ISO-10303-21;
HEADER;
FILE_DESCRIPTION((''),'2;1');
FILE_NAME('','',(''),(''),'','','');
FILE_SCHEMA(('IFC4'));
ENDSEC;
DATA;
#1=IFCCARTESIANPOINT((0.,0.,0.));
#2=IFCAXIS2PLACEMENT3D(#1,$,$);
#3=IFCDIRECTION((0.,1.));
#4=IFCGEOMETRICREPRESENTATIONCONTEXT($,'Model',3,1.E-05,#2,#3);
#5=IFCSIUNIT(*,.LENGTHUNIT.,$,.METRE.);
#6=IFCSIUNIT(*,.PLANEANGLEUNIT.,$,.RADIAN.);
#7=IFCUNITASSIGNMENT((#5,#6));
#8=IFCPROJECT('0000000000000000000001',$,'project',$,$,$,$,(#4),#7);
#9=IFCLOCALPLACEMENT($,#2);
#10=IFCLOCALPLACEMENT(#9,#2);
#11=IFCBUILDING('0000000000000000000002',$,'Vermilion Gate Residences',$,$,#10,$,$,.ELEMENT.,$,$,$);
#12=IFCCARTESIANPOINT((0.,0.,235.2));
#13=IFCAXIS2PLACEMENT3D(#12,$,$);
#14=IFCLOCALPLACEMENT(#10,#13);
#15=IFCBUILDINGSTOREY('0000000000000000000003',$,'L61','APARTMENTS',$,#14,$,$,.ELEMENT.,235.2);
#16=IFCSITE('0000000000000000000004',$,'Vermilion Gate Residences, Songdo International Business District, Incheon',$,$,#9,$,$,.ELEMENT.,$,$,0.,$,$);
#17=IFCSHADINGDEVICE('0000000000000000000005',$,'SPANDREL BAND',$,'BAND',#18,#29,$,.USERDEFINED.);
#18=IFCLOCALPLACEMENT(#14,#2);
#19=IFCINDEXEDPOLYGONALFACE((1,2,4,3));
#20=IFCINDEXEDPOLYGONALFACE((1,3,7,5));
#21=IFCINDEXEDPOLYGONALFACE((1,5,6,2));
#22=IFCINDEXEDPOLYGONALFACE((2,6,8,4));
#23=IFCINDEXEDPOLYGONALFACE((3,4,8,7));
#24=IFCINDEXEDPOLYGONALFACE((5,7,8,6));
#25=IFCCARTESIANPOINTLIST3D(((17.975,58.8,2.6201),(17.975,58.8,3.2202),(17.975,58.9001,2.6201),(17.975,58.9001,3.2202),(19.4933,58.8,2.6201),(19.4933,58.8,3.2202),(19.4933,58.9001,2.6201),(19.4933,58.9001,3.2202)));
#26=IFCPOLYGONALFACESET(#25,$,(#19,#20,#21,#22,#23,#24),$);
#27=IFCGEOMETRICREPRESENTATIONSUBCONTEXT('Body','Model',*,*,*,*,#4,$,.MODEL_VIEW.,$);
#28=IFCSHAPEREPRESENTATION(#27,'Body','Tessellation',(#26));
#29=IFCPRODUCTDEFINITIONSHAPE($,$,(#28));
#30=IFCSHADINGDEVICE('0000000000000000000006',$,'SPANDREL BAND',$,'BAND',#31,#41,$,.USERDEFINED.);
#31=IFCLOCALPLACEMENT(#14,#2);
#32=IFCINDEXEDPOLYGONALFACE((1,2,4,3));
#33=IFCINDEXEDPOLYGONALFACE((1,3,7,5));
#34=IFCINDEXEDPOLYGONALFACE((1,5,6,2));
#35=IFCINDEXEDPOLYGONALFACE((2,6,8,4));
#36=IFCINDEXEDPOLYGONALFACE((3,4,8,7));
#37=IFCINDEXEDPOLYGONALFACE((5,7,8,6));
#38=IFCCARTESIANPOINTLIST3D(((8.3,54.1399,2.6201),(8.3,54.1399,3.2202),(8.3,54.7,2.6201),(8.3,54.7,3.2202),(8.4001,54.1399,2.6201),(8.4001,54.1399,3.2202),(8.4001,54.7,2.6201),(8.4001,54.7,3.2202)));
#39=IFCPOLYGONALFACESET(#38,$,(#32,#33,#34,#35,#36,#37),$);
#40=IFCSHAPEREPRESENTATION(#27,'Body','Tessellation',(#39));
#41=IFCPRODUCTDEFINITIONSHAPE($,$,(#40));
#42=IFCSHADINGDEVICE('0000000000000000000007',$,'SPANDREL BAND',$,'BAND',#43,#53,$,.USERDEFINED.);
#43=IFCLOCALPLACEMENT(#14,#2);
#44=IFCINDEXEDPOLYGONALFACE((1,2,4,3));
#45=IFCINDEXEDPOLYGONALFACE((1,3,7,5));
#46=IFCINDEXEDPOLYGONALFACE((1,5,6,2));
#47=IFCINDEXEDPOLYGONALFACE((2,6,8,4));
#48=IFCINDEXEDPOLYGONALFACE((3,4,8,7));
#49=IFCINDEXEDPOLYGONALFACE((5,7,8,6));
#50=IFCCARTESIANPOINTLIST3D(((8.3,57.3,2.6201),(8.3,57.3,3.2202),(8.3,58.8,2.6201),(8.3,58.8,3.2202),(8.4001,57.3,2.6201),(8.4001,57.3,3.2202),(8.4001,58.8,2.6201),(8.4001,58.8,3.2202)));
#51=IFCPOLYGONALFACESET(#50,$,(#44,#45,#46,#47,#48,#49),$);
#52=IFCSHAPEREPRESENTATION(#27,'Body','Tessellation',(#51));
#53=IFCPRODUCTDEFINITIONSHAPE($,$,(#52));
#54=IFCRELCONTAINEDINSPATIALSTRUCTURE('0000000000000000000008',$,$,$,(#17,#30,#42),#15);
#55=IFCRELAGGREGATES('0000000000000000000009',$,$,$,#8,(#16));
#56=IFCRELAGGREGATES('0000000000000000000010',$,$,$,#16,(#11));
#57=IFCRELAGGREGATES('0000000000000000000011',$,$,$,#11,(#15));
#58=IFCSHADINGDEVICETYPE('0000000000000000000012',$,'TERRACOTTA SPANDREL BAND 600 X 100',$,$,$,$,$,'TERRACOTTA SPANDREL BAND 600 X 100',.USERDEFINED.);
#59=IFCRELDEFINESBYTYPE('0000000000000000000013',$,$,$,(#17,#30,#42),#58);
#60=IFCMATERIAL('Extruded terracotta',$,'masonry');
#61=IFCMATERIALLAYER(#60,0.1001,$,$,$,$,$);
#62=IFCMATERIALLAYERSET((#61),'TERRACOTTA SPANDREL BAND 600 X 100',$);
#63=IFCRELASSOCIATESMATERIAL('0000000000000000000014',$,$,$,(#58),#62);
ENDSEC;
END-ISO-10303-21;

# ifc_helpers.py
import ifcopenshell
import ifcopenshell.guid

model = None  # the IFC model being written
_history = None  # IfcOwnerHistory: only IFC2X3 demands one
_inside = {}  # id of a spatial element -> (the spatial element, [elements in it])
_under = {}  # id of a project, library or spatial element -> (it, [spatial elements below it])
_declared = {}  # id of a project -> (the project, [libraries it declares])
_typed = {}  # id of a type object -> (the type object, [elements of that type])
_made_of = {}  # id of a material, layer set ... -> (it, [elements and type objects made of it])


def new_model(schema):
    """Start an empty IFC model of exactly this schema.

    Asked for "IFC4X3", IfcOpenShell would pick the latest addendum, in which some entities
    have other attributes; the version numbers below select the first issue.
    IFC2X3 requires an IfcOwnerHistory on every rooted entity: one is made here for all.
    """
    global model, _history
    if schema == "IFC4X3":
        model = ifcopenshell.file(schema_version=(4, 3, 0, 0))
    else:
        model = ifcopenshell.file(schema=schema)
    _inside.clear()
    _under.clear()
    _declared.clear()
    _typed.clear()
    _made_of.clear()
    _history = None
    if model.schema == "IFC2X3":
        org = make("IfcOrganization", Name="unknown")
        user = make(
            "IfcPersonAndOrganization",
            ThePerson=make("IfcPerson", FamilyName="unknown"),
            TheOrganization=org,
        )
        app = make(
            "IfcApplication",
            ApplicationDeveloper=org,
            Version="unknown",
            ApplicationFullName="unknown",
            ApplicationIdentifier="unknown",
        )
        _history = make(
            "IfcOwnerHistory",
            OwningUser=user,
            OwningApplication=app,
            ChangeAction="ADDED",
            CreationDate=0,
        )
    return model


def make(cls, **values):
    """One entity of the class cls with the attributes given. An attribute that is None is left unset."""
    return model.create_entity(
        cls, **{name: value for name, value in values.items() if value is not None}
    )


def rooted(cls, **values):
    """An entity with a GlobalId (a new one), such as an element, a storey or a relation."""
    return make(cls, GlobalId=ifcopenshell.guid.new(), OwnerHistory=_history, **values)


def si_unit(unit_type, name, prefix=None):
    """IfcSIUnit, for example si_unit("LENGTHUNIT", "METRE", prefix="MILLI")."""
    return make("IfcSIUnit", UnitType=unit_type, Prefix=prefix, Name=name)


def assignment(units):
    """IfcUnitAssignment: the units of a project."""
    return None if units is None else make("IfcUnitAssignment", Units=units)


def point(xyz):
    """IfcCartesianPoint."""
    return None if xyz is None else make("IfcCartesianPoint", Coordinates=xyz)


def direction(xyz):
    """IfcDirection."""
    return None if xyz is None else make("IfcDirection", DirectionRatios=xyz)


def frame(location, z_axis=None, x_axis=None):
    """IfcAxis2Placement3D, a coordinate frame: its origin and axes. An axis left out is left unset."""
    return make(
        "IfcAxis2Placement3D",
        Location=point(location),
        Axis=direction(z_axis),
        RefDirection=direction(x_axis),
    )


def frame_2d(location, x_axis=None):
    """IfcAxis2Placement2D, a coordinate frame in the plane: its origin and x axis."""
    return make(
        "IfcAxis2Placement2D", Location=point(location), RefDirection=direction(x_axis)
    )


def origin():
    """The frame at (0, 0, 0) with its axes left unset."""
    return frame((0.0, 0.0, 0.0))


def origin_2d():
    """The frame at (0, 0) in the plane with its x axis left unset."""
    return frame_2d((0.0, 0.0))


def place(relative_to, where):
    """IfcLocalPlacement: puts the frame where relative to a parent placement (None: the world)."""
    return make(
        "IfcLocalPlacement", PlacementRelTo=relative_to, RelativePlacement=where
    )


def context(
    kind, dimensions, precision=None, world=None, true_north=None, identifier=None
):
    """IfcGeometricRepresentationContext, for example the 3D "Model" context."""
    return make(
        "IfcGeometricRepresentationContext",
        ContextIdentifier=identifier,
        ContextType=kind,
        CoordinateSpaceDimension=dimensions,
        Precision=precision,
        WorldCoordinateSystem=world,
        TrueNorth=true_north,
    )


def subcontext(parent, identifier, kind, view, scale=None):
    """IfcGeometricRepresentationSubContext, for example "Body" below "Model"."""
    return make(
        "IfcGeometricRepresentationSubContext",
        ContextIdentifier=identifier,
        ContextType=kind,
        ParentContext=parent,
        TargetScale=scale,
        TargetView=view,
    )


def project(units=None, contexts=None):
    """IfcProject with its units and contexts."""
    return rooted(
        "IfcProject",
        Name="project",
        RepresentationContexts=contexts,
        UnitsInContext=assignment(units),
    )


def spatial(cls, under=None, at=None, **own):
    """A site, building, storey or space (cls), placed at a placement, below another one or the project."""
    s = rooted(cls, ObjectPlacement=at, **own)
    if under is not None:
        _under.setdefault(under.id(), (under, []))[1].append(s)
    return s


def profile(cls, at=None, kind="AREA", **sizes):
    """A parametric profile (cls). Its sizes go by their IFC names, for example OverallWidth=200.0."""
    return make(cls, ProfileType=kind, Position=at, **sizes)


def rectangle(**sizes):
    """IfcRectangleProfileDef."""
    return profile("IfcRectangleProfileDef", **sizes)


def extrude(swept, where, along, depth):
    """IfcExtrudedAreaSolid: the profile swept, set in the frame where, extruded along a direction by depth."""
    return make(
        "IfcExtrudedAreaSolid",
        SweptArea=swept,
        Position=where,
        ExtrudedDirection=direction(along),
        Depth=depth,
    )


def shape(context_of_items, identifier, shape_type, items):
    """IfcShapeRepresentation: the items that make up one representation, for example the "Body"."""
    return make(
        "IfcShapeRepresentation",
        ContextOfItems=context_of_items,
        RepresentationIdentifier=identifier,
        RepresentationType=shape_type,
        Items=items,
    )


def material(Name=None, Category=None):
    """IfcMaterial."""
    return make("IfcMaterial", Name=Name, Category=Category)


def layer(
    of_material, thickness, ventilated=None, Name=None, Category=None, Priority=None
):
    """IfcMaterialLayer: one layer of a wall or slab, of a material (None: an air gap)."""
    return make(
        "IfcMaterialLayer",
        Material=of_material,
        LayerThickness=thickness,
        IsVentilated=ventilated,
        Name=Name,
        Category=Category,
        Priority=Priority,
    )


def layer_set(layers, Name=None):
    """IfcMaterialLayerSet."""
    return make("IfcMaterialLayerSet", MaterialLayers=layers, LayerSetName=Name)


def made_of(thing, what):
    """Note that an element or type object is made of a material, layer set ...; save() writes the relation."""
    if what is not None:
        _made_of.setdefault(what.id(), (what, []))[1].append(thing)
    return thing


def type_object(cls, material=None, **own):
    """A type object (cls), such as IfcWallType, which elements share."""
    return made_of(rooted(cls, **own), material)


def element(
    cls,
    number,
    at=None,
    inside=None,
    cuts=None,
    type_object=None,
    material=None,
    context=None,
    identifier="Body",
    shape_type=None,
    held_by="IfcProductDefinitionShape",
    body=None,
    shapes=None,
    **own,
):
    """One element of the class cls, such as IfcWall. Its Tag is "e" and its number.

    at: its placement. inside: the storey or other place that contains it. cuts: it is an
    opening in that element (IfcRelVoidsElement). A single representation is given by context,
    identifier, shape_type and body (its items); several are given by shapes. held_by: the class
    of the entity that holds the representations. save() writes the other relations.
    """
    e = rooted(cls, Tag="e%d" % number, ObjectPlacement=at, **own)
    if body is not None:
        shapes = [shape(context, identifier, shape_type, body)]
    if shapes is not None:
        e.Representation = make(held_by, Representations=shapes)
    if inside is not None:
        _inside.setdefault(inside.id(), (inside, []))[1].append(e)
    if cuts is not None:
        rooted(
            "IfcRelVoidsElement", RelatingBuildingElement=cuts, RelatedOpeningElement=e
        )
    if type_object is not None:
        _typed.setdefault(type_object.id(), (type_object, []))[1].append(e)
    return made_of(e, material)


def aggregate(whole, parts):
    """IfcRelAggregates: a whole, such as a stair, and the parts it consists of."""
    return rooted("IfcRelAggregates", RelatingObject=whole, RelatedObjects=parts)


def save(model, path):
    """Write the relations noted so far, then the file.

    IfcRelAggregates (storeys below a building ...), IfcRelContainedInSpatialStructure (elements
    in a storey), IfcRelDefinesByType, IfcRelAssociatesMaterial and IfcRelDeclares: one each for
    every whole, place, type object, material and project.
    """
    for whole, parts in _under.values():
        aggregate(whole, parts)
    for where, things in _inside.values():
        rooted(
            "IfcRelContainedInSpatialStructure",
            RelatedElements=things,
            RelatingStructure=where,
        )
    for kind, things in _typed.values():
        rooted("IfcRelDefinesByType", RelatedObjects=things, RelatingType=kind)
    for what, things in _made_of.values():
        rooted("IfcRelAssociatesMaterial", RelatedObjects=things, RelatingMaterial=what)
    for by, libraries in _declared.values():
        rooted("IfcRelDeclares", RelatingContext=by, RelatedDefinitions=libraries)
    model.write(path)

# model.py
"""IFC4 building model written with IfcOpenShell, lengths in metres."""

from ifc_helpers import new_model, si_unit, direction, frame, origin, origin_2d, place, context, subcontext, project, spatial, rectangle, extrude, material, layer, layer_set, type_object, element, save


model = new_model("IFC4")

# Units and contexts
model_context = context("Model", 3, precision=1e-05, world=origin(), true_north=direction((0.0, 1.0)))
body_context = subcontext(model_context, "Body", "Model", "MODEL_VIEW")
ifc_project = project(units=[si_unit("LENGTHUNIT", "METRE"), si_unit("PLANEANGLEUNIT", "RADIAN")], contexts=[model_context])

# Site, building, storey
site_placement = place(None, origin())
site = spatial("IfcSite", under=ifc_project, at=site_placement, Name="Vermilion Gate Residences, Songdo International Business District, Incheon", CompositionType="ELEMENT", RefElevation=0.0)
building_placement = place(site_placement, origin())
building = spatial("IfcBuilding", under=site, at=building_placement, Name="Vermilion Gate Residences", CompositionType="ELEMENT")
storey_placement = place(building_placement, frame((0.0, 0.0, 235.2)))
storey = spatial("IfcBuildingStorey", under=building, at=storey_placement, Name="L61", Description="APARTMENTS", CompositionType="ELEMENT", Elevation=235.2)

# Shading devices
ifc_material_1 = material(Name="Extruded terracotta", Category="masonry")
ifc_layer_1 = layer(ifc_material_1, 0.1001)
ifc_layer_set_1 = layer_set([ifc_layer_1], Name="TERRACOTTA SPANDREL BAND 600 X 100")
shading_device_type = type_object("IfcShadingDeviceType", Name="TERRACOTTA SPANDREL BAND 600 X 100", ElementType="TERRACOTTA SPANDREL BAND 600 X 100", PredefinedType="USERDEFINED", material=ifc_layer_set_1)
shading_device_1_placement = place(storey_placement, frame((18.7341, 58.8501, 2.6201), z_axis=(0.0, 0.0, 1.0), x_axis=(1.0, 0.0, 0.0)))
element("IfcShadingDevice", 1, at=shading_device_1_placement, inside=storey, type_object=shading_device_type, Name="SPANDREL BAND", ObjectType="BAND", PredefinedType="USERDEFINED", context=body_context, shape_type="SweptSolid", body=[
    extrude(rectangle(XDim=1.5183, YDim=0.1001, at=origin_2d()), origin(), (0.0, 0.0, 1.0), 0.6001),
])
shading_device_2_placement = place(storey_placement, frame((8.3501, 54.4199, 2.6201), z_axis=(0.0, 0.0, 1.0), x_axis=(0.0, 1.0, 0.0)))
element("IfcShadingDevice", 2, at=shading_device_2_placement, inside=storey, type_object=shading_device_type, Name="SPANDREL BAND", ObjectType="BAND", PredefinedType="USERDEFINED", context=body_context, shape_type="SweptSolid", body=[
    extrude(rectangle(XDim=0.5601, YDim=0.1001, at=origin_2d()), origin(), (0.0, 0.0, 1.0), 0.6001),
])
shading_device_3_placement = place(storey_placement, frame((8.3501, 58.05, 2.6201), z_axis=(0.0, 0.0, 1.0), x_axis=(0.0, 1.0, 0.0)))
element("IfcShadingDevice", 3, at=shading_device_3_placement, inside=storey, type_object=shading_device_type, Name="SPANDREL BAND", ObjectType="BAND", PredefinedType="USERDEFINED", context=body_context, shape_type="SweptSolid", body=[
    extrude(rectangle(XDim=1.5, YDim=0.1001, at=origin_2d()), origin(), (0.0, 0.0, 1.0), 0.6001),
])

save(model, "model.ifc")
